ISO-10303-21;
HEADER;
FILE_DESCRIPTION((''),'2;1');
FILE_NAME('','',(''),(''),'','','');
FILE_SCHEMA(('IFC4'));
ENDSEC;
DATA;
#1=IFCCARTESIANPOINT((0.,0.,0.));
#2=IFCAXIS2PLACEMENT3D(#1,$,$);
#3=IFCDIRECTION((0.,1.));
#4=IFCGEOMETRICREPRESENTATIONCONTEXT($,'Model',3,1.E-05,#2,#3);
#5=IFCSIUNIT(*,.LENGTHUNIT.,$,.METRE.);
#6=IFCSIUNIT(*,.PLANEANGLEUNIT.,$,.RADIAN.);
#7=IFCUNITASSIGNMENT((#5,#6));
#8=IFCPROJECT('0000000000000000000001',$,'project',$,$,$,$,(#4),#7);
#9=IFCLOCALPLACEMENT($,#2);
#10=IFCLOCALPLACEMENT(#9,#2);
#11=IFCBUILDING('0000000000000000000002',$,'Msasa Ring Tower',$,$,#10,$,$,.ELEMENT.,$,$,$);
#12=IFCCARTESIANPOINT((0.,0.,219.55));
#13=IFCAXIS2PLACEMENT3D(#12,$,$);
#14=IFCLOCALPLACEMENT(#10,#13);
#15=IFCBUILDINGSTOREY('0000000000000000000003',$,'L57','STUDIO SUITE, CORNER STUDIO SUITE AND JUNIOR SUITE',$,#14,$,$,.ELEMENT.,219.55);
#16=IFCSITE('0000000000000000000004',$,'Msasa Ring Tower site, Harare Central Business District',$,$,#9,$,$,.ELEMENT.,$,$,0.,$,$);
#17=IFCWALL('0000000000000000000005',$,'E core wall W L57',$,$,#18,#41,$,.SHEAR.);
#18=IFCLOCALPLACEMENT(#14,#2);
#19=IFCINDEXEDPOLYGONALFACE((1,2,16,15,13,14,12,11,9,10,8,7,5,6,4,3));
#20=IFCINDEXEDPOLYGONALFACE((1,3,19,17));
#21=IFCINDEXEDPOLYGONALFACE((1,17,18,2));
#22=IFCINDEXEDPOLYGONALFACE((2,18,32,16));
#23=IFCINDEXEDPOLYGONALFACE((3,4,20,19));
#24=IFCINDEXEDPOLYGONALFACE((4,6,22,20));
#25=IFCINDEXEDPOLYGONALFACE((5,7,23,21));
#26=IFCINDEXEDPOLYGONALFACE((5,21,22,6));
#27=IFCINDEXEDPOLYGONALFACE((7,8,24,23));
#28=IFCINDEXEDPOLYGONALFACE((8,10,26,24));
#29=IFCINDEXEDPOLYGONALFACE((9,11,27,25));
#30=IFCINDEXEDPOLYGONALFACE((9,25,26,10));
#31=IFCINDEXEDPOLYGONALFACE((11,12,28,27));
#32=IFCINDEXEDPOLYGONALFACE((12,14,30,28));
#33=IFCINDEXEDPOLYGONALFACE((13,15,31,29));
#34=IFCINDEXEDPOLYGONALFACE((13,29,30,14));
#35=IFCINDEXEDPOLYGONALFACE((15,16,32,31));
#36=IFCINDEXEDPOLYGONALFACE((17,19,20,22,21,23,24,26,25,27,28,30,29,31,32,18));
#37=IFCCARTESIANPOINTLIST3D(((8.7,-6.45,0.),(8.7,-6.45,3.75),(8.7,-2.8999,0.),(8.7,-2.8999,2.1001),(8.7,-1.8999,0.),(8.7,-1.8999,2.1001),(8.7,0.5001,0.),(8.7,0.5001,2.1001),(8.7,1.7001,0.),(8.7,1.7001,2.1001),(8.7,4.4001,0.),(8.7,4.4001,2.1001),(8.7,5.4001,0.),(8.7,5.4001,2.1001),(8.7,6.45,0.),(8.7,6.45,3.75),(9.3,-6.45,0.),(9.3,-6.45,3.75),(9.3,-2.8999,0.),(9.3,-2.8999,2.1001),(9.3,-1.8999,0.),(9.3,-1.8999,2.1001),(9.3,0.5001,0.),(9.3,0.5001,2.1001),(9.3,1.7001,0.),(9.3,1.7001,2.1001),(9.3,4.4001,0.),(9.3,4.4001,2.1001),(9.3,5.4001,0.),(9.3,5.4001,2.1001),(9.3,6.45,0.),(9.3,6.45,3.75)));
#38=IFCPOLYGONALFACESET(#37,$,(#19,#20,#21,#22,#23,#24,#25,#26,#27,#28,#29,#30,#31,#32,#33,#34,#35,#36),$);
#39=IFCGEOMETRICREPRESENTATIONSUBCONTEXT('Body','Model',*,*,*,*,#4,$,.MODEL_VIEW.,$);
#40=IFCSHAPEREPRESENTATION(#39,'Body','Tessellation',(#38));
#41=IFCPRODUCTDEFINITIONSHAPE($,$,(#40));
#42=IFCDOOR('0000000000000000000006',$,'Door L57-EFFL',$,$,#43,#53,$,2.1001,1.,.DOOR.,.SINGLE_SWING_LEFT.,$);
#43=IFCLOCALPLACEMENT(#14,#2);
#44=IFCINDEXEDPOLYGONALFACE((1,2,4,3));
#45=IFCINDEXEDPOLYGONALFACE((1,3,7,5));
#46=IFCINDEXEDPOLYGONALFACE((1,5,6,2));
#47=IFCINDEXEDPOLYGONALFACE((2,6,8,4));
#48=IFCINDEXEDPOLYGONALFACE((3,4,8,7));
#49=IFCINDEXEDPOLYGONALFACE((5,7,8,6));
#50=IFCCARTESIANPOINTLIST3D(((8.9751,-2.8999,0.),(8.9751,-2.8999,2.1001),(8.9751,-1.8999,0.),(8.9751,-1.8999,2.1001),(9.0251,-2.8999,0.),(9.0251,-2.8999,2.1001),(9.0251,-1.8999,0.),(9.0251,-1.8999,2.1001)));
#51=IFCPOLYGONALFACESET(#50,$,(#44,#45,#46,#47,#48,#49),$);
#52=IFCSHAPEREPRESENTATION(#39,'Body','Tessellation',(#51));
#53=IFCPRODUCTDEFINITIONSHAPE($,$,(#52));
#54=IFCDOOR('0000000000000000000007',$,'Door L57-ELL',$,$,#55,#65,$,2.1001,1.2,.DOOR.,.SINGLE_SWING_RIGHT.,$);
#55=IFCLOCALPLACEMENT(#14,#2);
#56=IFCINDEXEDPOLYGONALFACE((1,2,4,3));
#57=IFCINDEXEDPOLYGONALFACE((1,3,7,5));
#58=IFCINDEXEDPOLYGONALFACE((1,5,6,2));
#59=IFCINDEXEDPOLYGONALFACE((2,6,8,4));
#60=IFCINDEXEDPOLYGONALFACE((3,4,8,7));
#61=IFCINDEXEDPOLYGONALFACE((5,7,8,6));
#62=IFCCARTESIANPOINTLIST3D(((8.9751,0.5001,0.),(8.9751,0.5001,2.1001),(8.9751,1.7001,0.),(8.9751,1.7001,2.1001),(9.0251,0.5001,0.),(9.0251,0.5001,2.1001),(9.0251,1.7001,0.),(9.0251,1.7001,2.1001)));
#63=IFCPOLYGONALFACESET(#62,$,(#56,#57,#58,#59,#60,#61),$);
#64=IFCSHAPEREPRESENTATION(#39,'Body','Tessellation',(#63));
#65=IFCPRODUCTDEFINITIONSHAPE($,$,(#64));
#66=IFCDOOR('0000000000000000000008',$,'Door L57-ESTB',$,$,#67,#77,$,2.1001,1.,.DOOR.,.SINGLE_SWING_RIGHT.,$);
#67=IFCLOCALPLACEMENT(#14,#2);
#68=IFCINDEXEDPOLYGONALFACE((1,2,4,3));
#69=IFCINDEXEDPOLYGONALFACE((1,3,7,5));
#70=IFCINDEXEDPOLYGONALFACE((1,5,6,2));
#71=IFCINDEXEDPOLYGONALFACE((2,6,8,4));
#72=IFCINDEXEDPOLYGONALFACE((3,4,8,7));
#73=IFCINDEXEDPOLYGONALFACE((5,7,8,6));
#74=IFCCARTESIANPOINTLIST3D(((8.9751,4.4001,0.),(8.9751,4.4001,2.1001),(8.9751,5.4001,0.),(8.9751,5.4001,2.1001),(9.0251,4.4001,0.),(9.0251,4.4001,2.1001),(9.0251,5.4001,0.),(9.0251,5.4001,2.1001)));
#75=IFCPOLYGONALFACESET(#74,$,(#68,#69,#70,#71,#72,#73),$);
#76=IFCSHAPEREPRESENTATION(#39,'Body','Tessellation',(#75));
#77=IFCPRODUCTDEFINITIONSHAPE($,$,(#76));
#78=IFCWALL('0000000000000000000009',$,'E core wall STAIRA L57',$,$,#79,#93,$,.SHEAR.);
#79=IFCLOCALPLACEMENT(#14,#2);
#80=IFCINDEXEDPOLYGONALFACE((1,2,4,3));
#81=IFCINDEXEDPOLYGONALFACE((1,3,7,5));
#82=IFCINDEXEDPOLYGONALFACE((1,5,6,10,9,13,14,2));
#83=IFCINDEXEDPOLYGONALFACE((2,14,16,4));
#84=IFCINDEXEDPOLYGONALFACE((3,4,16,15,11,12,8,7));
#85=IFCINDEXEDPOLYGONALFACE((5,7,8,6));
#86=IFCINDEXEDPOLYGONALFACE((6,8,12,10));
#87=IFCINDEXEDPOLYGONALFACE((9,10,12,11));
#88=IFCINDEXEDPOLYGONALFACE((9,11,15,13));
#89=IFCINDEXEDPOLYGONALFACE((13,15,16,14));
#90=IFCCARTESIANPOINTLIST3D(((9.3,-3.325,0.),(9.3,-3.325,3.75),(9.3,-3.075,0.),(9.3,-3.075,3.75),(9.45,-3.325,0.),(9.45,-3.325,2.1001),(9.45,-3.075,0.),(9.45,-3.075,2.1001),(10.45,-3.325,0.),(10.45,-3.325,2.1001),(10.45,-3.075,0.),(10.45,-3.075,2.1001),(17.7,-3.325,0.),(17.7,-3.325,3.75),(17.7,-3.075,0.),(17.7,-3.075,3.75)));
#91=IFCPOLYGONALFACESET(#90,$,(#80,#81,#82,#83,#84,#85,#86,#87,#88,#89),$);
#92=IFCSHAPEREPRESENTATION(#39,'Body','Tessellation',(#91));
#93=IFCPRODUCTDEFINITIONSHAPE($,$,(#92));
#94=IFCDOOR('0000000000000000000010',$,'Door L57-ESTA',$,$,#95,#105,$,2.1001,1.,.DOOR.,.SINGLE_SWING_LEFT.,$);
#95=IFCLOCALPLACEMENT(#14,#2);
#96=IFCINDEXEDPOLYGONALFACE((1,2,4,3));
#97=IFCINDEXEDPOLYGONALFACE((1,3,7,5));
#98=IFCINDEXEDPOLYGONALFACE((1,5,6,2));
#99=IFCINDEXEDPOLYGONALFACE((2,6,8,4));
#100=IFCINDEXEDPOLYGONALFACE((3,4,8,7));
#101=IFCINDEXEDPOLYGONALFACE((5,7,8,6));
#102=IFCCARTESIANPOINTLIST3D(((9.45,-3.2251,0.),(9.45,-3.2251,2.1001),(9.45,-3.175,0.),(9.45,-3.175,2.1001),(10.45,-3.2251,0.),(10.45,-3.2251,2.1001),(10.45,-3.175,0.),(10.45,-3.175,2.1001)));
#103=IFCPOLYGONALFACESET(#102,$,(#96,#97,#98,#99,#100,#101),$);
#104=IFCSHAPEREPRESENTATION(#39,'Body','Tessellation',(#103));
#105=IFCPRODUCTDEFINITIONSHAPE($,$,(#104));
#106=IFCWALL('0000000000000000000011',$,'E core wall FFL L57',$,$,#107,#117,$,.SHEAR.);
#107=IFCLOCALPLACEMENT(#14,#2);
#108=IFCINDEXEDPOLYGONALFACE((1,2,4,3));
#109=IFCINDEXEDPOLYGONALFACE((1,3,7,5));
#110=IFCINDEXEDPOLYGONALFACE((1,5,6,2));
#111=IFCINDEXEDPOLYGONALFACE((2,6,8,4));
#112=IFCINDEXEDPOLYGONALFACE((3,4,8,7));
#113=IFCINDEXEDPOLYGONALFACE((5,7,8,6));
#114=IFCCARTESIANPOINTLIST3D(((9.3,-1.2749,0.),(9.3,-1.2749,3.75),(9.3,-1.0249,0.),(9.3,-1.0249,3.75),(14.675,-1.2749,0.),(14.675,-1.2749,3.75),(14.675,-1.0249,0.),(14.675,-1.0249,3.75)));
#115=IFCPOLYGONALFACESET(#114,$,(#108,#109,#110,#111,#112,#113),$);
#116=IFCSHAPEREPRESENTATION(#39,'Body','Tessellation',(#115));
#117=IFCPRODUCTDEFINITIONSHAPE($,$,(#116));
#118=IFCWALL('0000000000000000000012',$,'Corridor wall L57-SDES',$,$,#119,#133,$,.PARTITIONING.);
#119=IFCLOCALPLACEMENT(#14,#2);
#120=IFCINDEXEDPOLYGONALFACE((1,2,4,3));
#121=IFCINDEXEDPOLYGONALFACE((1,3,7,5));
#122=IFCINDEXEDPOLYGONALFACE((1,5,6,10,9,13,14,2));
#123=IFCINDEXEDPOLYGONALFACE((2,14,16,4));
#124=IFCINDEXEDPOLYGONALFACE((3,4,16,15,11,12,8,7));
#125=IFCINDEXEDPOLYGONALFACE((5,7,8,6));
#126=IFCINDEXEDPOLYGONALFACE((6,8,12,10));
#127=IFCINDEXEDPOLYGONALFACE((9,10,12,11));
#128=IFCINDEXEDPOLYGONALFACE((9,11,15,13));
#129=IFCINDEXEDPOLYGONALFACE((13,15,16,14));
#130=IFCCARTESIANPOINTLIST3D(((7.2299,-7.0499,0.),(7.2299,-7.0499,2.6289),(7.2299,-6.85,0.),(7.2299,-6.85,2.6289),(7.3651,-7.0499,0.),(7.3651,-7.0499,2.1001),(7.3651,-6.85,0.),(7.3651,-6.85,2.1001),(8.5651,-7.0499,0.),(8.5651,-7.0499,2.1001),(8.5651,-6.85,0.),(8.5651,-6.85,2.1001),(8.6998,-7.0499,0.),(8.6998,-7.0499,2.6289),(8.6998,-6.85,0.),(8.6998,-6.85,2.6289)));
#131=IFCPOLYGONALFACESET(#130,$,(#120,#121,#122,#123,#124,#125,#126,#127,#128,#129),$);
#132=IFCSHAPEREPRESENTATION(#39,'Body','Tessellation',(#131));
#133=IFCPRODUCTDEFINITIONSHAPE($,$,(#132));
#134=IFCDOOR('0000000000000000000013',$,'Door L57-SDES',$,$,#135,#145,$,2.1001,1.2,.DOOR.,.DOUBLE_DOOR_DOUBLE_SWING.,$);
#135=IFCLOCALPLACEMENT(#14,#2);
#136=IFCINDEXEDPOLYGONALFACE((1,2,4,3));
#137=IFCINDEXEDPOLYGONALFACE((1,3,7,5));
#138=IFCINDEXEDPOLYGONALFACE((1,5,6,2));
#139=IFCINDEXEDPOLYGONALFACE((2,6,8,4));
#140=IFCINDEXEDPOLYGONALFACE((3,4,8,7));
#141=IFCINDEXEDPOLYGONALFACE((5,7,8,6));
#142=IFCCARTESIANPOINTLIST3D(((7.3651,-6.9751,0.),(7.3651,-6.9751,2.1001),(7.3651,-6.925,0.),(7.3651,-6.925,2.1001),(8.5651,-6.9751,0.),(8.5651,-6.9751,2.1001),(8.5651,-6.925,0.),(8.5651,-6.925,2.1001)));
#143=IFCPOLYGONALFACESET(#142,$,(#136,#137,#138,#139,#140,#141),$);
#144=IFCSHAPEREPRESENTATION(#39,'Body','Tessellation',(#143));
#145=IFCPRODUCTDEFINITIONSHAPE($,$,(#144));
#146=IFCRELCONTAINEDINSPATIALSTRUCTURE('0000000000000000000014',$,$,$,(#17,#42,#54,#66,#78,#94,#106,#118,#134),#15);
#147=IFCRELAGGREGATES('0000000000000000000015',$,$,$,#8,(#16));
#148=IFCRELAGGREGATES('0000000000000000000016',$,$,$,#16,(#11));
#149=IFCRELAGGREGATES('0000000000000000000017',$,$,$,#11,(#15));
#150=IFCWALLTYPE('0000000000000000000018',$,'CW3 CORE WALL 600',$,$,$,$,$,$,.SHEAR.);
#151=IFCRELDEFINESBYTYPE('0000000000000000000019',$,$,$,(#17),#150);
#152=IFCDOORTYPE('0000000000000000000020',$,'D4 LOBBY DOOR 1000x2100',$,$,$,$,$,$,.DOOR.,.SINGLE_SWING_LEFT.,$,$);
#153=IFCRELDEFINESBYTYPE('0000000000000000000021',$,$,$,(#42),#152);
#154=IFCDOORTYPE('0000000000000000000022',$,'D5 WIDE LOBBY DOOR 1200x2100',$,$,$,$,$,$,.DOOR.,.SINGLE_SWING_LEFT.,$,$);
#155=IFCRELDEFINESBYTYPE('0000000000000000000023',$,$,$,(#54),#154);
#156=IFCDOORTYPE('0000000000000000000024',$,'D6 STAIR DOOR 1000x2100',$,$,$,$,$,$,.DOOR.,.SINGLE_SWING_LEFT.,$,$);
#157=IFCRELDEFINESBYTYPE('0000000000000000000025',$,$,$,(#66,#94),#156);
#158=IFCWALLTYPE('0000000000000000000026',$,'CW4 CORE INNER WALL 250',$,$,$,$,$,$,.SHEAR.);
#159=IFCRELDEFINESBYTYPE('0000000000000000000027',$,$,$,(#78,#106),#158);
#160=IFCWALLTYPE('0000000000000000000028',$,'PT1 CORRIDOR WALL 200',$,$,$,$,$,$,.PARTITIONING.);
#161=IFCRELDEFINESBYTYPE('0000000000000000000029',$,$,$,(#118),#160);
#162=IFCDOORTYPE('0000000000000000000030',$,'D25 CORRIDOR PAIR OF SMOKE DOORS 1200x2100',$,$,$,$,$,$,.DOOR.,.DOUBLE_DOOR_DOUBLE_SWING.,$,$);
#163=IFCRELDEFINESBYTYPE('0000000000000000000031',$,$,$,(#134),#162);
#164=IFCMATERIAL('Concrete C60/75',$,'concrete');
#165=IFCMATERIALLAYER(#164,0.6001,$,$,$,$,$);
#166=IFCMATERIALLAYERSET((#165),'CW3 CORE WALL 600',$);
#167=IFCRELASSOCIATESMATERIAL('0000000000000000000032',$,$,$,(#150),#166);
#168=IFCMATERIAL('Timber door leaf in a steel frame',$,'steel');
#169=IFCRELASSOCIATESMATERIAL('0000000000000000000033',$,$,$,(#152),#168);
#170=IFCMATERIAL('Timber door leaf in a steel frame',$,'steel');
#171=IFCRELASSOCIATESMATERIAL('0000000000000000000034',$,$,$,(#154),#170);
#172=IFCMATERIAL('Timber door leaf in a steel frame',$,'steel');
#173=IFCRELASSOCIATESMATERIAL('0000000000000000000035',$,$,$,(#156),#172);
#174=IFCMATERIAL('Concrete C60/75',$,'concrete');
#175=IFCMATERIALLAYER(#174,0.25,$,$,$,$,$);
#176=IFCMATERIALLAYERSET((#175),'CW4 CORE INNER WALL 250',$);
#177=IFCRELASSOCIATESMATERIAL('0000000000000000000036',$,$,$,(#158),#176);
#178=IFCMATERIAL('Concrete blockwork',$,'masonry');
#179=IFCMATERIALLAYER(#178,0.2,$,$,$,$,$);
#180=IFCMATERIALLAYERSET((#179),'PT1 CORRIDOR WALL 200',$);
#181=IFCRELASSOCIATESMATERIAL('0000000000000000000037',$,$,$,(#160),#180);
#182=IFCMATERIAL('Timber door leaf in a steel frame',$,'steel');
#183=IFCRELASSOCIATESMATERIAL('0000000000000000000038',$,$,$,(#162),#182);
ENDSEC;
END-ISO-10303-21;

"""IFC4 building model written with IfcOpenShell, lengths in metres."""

from ifc_helpers import new_model, si_unit, direction, frame, frame_2d, origin, place, context, subcontext, project, spatial, rectangle, extrude, material, layer, layer_set, type_object, element, fill, save


model = new_model("IFC4")

# Units and contexts
model_context = context("Model", 3, precision=1e-05, world=origin(), true_north=direction((0.0, 1.0)))
body_context = subcontext(model_context, "Body", "Model", "MODEL_VIEW")
ifc_project = project(units=[si_unit("LENGTHUNIT", "METRE"), si_unit("PLANEANGLEUNIT", "RADIAN")], contexts=[model_context])

# Site, building, storey
site_placement = place(None, origin())
site = spatial("IfcSite", under=ifc_project, at=site_placement, Name="Msasa Ring Tower site, Harare Central Business District", CompositionType="ELEMENT", RefElevation=0.0)
building_placement = place(site_placement, origin())
building = spatial("IfcBuilding", under=site, at=building_placement, Name="Msasa Ring Tower", CompositionType="ELEMENT")
storey_placement = place(building_placement, frame((0.0, 0.0, 219.55)))
storey = spatial("IfcBuildingStorey", under=building, at=storey_placement, Name="L57", Description="STUDIO SUITE, CORNER STUDIO SUITE AND JUNIOR SUITE", CompositionType="ELEMENT", Elevation=219.55)

# Shared definitions
ifc_material_1 = material(Name="Concrete C60/75", Category="concrete")
ifc_layer_1 = layer(ifc_material_1, 0.6001)
ifc_layer_set_1 = layer_set([ifc_layer_1], Name="CW3 CORE WALL 600")
wall_type_1 = type_object("IfcWallType", Name="CW3 CORE WALL 600", PredefinedType="SHEAR", material=ifc_layer_set_1)

# Wall, openings, doors
wall_1_placement = place(storey_placement, frame((9.0, -6.45, 0.0), z_axis=(0.0, 0.0, 1.0), x_axis=(0.0, 1.0, 0.0)))
wall_1 = element("IfcWall", 1, at=wall_1_placement, inside=storey, type_object=wall_type_1, Name="E core wall W L57", PredefinedType="SHEAR", context=body_context, shape_type="SweptSolid", body=[
    extrude(rectangle(XDim=12.8999, YDim=0.6001, at=frame_2d((6.45, 0.0))), origin(), (0.0, 0.0, 1.0), 3.75),
])
opening_1_placement = place(wall_1_placement, frame((3.55, 0.0, 0.0)))
opening_1 = element("IfcOpeningElement", 2, at=opening_1_placement, cuts=wall_1, PredefinedType="OPENING", context=body_context, shape_type="SweptSolid", body=[
    extrude(rectangle(XDim=1.0, YDim=2.1001, at=frame_2d((0.5, 1.05))), frame((0.0, 0.3101, 0.0), z_axis=(0.0, -1.0, 0.0), x_axis=(1.0, 0.0, 0.0)), (0.0, 0.0, 1.0), 0.6201),
])
opening_2_placement = place(wall_1_placement, frame((6.95, 0.0, 0.0)))
opening_2 = element("IfcOpeningElement", 3, at=opening_2_placement, cuts=wall_1, PredefinedType="OPENING", context=body_context, shape_type="SweptSolid", body=[
    extrude(rectangle(XDim=1.2, YDim=2.1001, at=frame_2d((0.6001, 1.05))), frame((0.0, 0.3101, 0.0), z_axis=(0.0, -1.0, 0.0), x_axis=(1.0, 0.0, 0.0)), (0.0, 0.0, 1.0), 0.6201),
])
opening_3_placement = place(wall_1_placement, frame((10.8501, 0.0, 0.0)))
opening_3 = element("IfcOpeningElement", 4, at=opening_3_placement, cuts=wall_1, PredefinedType="OPENING", context=body_context, shape_type="SweptSolid", body=[
    extrude(rectangle(XDim=1.0, YDim=2.1001, at=frame_2d((0.5, 1.05))), frame((0.0, 0.3101, 0.0), z_axis=(0.0, -1.0, 0.0), x_axis=(1.0, 0.0, 0.0)), (0.0, 0.0, 1.0), 0.6201),
])
ifc_material_2 = material(Name="Timber door leaf in a steel frame", Category="steel")
door_type_1 = type_object("IfcDoorType", Name="D4 LOBBY DOOR 1000x2100", OperationType="SINGLE_SWING_LEFT", PredefinedType="DOOR", material=ifc_material_2)
door_1_placement = place(opening_1_placement, origin())
door_1 = element("IfcDoor", 5, at=door_1_placement, inside=storey, type_object=door_type_1, Name="Door L57-EFFL", OperationType="SINGLE_SWING_LEFT", OverallHeight=2.1001, OverallWidth=1.0, PredefinedType="DOOR", context=body_context, shape_type="SweptSolid", body=[
    extrude(rectangle(XDim=1.0, YDim=2.1001, at=frame_2d((0.5, 1.05))), frame((0.0, 0.0249, 0.0), z_axis=(0.0, -1.0, 0.0), x_axis=(1.0, 0.0, 0.0)), (0.0, 0.0, 1.0), 0.05),
])
fill(opening_1, door_1)
ifc_material_3 = material(Name="Timber door leaf in a steel frame", Category="steel")
door_type_2 = type_object("IfcDoorType", Name="D5 WIDE LOBBY DOOR 1200x2100", OperationType="SINGLE_SWING_LEFT", PredefinedType="DOOR", material=ifc_material_3)
door_2_placement = place(opening_2_placement, origin())
door_2 = element("IfcDoor", 6, at=door_2_placement, inside=storey, type_object=door_type_2, Name="Door L57-ELL", OperationType="SINGLE_SWING_RIGHT", OverallHeight=2.1001, OverallWidth=1.2, PredefinedType="DOOR", context=body_context, shape_type="SweptSolid", body=[
    extrude(rectangle(XDim=1.2, YDim=2.1001, at=frame_2d((0.6001, 1.05))), frame((0.0, 0.0249, 0.0), z_axis=(0.0, -1.0, 0.0), x_axis=(1.0, 0.0, 0.0)), (0.0, 0.0, 1.0), 0.05),
])
fill(opening_2, door_2)
ifc_material_4 = material(Name="Timber door leaf in a steel frame", Category="steel")
door_type_3 = type_object("IfcDoorType", Name="D6 STAIR DOOR 1000x2100", OperationType="SINGLE_SWING_LEFT", PredefinedType="DOOR", material=ifc_material_4)
door_3_placement = place(opening_3_placement, origin())
door_3 = element("IfcDoor", 7, at=door_3_placement, inside=storey, type_object=door_type_3, Name="Door L57-ESTB", OperationType="SINGLE_SWING_RIGHT", OverallHeight=2.1001, OverallWidth=1.0, PredefinedType="DOOR", context=body_context, shape_type="SweptSolid", body=[
    extrude(rectangle(XDim=1.0, YDim=2.1001, at=frame_2d((0.5, 1.05))), frame((0.0, 0.0249, 0.0), z_axis=(0.0, -1.0, 0.0), x_axis=(1.0, 0.0, 0.0)), (0.0, 0.0, 1.0), 0.05),
])
fill(opening_3, door_3)

# Wall, opening, door
ifc_material_5 = material(Name="Concrete C60/75", Category="concrete")
ifc_layer_2 = layer(ifc_material_5, 0.25)
ifc_layer_set_2 = layer_set([ifc_layer_2], Name="CW4 CORE INNER WALL 250")
wall_type_2 = type_object("IfcWallType", Name="CW4 CORE INNER WALL 250", PredefinedType="SHEAR", material=ifc_layer_set_2)
wall_2_placement = place(storey_placement, frame((9.3, -3.2, 0.0), z_axis=(0.0, 0.0, 1.0), x_axis=(1.0, 0.0, 0.0)))
wall_2 = element("IfcWall", 8, at=wall_2_placement, inside=storey, type_object=wall_type_2, Name="E core wall STAIRA L57", PredefinedType="SHEAR", context=body_context, shape_type="SweptSolid", body=[
    extrude(rectangle(XDim=8.3999, YDim=0.25, at=frame_2d((4.2, 0.0))), origin(), (0.0, 0.0, 1.0), 3.75),
])
opening_4_placement = place(wall_2_placement, frame((0.1499, 0.0, 0.0)))
opening_4 = element("IfcOpeningElement", 9, at=opening_4_placement, cuts=wall_2, PredefinedType="OPENING", context=body_context, shape_type="SweptSolid", body=[
    extrude(rectangle(XDim=1.0, YDim=2.1001, at=frame_2d((0.5, 1.05))), frame((0.0, 0.135, 0.0), z_axis=(0.0, -1.0, 0.0), x_axis=(1.0, 0.0, 0.0)), (0.0, 0.0, 1.0), 0.27),
])
door_4_placement = place(opening_4_placement, origin())
door_4 = element("IfcDoor", 10, at=door_4_placement, inside=storey, type_object=door_type_3, Name="Door L57-ESTA", OperationType="SINGLE_SWING_LEFT", OverallHeight=2.1001, OverallWidth=1.0, PredefinedType="DOOR", context=body_context, shape_type="SweptSolid", body=[
    extrude(rectangle(XDim=1.0, YDim=2.1001, at=frame_2d((0.5, 1.05))), frame((0.0, 0.0249, 0.0), z_axis=(0.0, -1.0, 0.0), x_axis=(1.0, 0.0, 0.0)), (0.0, 0.0, 1.0), 0.05),
])
fill(opening_4, door_4)

# Wall
wall_3_placement = place(storey_placement, frame((9.3, -1.1499, 0.0), z_axis=(0.0, 0.0, 1.0), x_axis=(1.0, 0.0, 0.0)))
element("IfcWall", 11, at=wall_3_placement, inside=storey, type_object=wall_type_2, Name="E core wall FFL L57", PredefinedType="SHEAR", context=body_context, shape_type="SweptSolid", body=[
    extrude(rectangle(XDim=5.375, YDim=0.25, at=frame_2d((2.6875, 0.0))), origin(), (0.0, 0.0, 1.0), 3.75),
])

# Wall, opening, door
ifc_material_6 = material(Name="Concrete blockwork", Category="masonry")
ifc_layer_3 = layer(ifc_material_6, 0.2)
ifc_layer_set_3 = layer_set([ifc_layer_3], Name="PT1 CORRIDOR WALL 200")
wall_type_3 = type_object("IfcWallType", Name="PT1 CORRIDOR WALL 200", PredefinedType="PARTITIONING", material=ifc_layer_set_3)
wall_4_placement = place(storey_placement, frame((7.23, -6.95, 0.0), z_axis=(0.0, 0.0, 1.0), x_axis=(1.0, 0.0, 0.0)))
wall_4 = element("IfcWall", 12, at=wall_4_placement, inside=storey, type_object=wall_type_3, Name="Corridor wall L57-SDES", PredefinedType="PARTITIONING", context=body_context, shape_type="SweptSolid", body=[
    extrude(rectangle(XDim=1.47, YDim=0.2, at=frame_2d((0.7349, 0.0))), origin(), (0.0, 0.0, 1.0), 2.6289),
])
opening_5_placement = place(wall_4_placement, frame((0.135, 0.0, 0.0)))
opening_5 = element("IfcOpeningElement", 13, at=opening_5_placement, cuts=wall_4, PredefinedType="OPENING", context=body_context, shape_type="SweptSolid", body=[
    extrude(rectangle(XDim=1.2, YDim=2.1001, at=frame_2d((0.6001, 1.05))), frame((0.0, 0.1099, 0.0), z_axis=(0.0, -1.0, 0.0), x_axis=(1.0, 0.0, 0.0)), (0.0, 0.0, 1.0), 0.22),
])
ifc_material_7 = material(Name="Timber door leaf in a steel frame", Category="steel")
door_type_4 = type_object("IfcDoorType", Name="D25 CORRIDOR PAIR OF SMOKE DOORS 1200x2100", OperationType="DOUBLE_DOOR_DOUBLE_SWING", PredefinedType="DOOR", material=ifc_material_7)
door_5_placement = place(opening_5_placement, origin())
door_5 = element("IfcDoor", 14, at=door_5_placement, inside=storey, type_object=door_type_4, Name="Door L57-SDES", OperationType="DOUBLE_DOOR_DOUBLE_SWING", OverallHeight=2.1001, OverallWidth=1.2, PredefinedType="DOOR", context=body_context, shape_type="SweptSolid", body=[
    extrude(rectangle(XDim=1.2, YDim=2.1001, at=frame_2d((0.6001, 1.05))), frame((0.0, 0.0249, 0.0), z_axis=(0.0, -1.0, 0.0), x_axis=(1.0, 0.0, 0.0)), (0.0, 0.0, 1.0), 0.05),
])
fill(opening_5, door_5)

save(model, "model.ifc")
